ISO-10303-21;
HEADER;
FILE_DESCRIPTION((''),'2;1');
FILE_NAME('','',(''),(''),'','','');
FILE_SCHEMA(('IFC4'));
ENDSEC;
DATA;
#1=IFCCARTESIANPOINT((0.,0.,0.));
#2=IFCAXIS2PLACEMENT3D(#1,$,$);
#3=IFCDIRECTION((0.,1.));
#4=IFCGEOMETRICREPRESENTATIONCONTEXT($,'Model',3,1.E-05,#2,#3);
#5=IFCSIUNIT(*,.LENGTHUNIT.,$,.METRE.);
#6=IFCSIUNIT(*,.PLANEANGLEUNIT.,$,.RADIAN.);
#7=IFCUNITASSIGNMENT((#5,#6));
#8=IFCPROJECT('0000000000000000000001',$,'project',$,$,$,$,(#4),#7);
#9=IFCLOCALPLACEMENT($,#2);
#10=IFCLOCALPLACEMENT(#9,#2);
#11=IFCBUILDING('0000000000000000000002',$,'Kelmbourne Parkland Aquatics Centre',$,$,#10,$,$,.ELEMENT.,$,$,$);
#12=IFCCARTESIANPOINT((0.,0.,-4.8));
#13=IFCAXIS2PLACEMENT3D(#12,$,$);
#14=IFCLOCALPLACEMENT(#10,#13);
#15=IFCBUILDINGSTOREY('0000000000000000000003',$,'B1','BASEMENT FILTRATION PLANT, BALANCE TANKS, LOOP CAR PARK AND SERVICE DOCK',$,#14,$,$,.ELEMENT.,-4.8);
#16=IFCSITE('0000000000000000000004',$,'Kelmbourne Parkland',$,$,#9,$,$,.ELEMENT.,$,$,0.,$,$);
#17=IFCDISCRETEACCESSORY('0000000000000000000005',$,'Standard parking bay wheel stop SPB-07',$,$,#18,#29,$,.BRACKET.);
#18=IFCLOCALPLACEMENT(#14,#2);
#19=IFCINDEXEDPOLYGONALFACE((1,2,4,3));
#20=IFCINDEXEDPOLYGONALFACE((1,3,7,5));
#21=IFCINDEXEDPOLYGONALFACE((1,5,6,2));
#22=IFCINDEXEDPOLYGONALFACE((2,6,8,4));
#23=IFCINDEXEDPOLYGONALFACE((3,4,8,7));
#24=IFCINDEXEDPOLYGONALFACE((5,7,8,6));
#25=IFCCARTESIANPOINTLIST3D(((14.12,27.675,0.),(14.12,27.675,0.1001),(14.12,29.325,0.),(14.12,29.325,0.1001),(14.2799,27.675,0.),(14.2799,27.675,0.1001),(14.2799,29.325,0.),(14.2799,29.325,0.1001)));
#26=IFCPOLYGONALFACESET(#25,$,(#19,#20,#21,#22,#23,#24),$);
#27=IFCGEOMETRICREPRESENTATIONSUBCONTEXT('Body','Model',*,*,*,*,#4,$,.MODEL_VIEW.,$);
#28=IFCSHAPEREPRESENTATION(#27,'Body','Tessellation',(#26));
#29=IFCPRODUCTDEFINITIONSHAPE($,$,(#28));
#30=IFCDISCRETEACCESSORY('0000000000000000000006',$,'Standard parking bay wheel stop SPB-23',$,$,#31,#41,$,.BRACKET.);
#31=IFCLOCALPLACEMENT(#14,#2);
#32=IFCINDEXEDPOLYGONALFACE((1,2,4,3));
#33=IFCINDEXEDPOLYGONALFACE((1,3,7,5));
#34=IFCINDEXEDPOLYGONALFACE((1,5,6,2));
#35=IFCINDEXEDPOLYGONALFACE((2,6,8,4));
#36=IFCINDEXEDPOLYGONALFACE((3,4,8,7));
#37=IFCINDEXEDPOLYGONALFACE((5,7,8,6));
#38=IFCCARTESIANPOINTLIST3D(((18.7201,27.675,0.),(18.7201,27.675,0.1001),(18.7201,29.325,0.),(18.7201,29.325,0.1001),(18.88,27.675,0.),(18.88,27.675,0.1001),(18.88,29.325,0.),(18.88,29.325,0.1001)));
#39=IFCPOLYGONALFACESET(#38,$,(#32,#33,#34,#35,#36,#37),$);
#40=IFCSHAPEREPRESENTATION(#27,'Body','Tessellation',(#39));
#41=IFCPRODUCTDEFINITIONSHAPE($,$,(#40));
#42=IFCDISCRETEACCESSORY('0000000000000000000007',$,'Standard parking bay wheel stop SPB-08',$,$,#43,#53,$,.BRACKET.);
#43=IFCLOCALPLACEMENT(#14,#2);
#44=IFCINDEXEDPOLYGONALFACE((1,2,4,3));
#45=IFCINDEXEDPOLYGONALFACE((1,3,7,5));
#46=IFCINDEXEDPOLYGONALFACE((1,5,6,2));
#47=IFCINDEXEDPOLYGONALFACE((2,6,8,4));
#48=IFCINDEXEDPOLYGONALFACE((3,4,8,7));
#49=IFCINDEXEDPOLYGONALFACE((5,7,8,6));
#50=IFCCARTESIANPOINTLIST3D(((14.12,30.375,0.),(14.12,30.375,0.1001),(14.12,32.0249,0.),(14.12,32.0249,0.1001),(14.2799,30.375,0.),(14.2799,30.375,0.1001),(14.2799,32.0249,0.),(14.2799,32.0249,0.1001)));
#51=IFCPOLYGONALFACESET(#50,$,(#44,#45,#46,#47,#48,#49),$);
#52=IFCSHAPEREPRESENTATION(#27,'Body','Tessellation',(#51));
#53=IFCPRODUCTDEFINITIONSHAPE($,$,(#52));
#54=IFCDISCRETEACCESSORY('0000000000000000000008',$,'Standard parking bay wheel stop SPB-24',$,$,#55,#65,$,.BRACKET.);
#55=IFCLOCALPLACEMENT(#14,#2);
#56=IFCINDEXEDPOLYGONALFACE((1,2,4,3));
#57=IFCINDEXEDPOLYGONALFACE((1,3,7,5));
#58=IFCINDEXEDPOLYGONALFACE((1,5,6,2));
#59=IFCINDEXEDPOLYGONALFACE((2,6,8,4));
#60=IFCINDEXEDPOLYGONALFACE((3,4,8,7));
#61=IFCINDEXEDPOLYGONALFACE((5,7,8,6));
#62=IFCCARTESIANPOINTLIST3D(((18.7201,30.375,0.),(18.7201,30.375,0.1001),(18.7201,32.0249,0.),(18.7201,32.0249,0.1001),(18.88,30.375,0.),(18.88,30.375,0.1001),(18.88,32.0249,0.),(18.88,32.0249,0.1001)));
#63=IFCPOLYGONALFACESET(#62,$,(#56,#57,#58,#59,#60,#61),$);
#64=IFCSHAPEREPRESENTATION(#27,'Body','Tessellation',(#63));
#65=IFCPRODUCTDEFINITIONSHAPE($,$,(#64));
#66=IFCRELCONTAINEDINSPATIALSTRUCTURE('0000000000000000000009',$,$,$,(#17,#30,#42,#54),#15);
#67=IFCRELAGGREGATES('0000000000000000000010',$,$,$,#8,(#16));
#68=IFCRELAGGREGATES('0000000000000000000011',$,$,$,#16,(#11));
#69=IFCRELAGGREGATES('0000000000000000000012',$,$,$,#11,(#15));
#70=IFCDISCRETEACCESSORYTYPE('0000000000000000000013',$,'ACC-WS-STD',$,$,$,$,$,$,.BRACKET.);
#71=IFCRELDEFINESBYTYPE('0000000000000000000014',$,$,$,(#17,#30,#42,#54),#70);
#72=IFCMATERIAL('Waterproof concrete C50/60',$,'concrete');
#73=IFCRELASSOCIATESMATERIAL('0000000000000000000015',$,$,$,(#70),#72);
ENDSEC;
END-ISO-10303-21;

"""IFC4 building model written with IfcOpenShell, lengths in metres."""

from ifc_helpers import new_model, si_unit, direction, frame, origin, origin_2d, place, context, subcontext, project, spatial, rectangle, extrude, material, type_object, element, save


model = new_model("IFC4")

# Units and contexts
model_context = context("Model", 3, precision=1e-05, world=origin(), true_north=direction((0.0, 1.0)))
body_context = subcontext(model_context, "Body", "Model", "MODEL_VIEW")
ifc_project = project(units=[si_unit("LENGTHUNIT", "METRE"), si_unit("PLANEANGLEUNIT", "RADIAN")], contexts=[model_context])

# Site, building, storey
site_placement = place(None, origin())
site = spatial("IfcSite", under=ifc_project, at=site_placement, Name="Kelmbourne Parkland", CompositionType="ELEMENT", RefElevation=0.0)
building_placement = place(site_placement, origin())
building = spatial("IfcBuilding", under=site, at=building_placement, Name="Kelmbourne Parkland Aquatics Centre", CompositionType="ELEMENT")
storey_placement = place(building_placement, frame((0.0, 0.0, -4.8)))
storey = spatial("IfcBuildingStorey", under=building, at=storey_placement, Name="B1", Description="BASEMENT FILTRATION PLANT, BALANCE TANKS, LOOP CAR PARK AND SERVICE DOCK", CompositionType="ELEMENT", Elevation=-4.8)

# Shared definitions
ifc_material_1 = material(Name="Waterproof concrete C50/60", Category="concrete")

# Discrete accessories
discrete_accessory_type = type_object("IfcDiscreteAccessoryType", Name="ACC-WS-STD", PredefinedType="BRACKET", material=ifc_material_1)
for number, where, z_axis, x_axis, name in (
    (1, (14.2, 28.5, 0.0), (0.0, 0.0, 1.0), (1.0, 0.0, 0.0), "Standard parking bay wheel stop SPB-07"),
    (2, (18.8, 28.5, 0.0), (0.0, 0.0, 1.0), (1.0, 0.0, 0.0), "Standard parking bay wheel stop SPB-23"),
    (3, (14.2, 31.2, 0.0), (0.0, 0.0, 1.0), (1.0, 0.0, 0.0), "Standard parking bay wheel stop SPB-08"),
    (4, (18.8, 31.2, 0.0), (0.0, 0.0, 1.0), (1.0, 0.0, 0.0), "Standard parking bay wheel stop SPB-24"),
):
    element("IfcDiscreteAccessory", number, at=place(storey_placement, frame(where, z_axis=z_axis, x_axis=x_axis)), inside=storey, type_object=discrete_accessory_type, Name=name, PredefinedType="BRACKET", context=body_context, shape_type="SweptSolid", body=[
        extrude(rectangle(XDim=0.1599, YDim=1.6499, at=origin_2d()), origin(), (0.0, 0.0, 1.0), 0.1001),
    ])

save(model, "model.ifc")
